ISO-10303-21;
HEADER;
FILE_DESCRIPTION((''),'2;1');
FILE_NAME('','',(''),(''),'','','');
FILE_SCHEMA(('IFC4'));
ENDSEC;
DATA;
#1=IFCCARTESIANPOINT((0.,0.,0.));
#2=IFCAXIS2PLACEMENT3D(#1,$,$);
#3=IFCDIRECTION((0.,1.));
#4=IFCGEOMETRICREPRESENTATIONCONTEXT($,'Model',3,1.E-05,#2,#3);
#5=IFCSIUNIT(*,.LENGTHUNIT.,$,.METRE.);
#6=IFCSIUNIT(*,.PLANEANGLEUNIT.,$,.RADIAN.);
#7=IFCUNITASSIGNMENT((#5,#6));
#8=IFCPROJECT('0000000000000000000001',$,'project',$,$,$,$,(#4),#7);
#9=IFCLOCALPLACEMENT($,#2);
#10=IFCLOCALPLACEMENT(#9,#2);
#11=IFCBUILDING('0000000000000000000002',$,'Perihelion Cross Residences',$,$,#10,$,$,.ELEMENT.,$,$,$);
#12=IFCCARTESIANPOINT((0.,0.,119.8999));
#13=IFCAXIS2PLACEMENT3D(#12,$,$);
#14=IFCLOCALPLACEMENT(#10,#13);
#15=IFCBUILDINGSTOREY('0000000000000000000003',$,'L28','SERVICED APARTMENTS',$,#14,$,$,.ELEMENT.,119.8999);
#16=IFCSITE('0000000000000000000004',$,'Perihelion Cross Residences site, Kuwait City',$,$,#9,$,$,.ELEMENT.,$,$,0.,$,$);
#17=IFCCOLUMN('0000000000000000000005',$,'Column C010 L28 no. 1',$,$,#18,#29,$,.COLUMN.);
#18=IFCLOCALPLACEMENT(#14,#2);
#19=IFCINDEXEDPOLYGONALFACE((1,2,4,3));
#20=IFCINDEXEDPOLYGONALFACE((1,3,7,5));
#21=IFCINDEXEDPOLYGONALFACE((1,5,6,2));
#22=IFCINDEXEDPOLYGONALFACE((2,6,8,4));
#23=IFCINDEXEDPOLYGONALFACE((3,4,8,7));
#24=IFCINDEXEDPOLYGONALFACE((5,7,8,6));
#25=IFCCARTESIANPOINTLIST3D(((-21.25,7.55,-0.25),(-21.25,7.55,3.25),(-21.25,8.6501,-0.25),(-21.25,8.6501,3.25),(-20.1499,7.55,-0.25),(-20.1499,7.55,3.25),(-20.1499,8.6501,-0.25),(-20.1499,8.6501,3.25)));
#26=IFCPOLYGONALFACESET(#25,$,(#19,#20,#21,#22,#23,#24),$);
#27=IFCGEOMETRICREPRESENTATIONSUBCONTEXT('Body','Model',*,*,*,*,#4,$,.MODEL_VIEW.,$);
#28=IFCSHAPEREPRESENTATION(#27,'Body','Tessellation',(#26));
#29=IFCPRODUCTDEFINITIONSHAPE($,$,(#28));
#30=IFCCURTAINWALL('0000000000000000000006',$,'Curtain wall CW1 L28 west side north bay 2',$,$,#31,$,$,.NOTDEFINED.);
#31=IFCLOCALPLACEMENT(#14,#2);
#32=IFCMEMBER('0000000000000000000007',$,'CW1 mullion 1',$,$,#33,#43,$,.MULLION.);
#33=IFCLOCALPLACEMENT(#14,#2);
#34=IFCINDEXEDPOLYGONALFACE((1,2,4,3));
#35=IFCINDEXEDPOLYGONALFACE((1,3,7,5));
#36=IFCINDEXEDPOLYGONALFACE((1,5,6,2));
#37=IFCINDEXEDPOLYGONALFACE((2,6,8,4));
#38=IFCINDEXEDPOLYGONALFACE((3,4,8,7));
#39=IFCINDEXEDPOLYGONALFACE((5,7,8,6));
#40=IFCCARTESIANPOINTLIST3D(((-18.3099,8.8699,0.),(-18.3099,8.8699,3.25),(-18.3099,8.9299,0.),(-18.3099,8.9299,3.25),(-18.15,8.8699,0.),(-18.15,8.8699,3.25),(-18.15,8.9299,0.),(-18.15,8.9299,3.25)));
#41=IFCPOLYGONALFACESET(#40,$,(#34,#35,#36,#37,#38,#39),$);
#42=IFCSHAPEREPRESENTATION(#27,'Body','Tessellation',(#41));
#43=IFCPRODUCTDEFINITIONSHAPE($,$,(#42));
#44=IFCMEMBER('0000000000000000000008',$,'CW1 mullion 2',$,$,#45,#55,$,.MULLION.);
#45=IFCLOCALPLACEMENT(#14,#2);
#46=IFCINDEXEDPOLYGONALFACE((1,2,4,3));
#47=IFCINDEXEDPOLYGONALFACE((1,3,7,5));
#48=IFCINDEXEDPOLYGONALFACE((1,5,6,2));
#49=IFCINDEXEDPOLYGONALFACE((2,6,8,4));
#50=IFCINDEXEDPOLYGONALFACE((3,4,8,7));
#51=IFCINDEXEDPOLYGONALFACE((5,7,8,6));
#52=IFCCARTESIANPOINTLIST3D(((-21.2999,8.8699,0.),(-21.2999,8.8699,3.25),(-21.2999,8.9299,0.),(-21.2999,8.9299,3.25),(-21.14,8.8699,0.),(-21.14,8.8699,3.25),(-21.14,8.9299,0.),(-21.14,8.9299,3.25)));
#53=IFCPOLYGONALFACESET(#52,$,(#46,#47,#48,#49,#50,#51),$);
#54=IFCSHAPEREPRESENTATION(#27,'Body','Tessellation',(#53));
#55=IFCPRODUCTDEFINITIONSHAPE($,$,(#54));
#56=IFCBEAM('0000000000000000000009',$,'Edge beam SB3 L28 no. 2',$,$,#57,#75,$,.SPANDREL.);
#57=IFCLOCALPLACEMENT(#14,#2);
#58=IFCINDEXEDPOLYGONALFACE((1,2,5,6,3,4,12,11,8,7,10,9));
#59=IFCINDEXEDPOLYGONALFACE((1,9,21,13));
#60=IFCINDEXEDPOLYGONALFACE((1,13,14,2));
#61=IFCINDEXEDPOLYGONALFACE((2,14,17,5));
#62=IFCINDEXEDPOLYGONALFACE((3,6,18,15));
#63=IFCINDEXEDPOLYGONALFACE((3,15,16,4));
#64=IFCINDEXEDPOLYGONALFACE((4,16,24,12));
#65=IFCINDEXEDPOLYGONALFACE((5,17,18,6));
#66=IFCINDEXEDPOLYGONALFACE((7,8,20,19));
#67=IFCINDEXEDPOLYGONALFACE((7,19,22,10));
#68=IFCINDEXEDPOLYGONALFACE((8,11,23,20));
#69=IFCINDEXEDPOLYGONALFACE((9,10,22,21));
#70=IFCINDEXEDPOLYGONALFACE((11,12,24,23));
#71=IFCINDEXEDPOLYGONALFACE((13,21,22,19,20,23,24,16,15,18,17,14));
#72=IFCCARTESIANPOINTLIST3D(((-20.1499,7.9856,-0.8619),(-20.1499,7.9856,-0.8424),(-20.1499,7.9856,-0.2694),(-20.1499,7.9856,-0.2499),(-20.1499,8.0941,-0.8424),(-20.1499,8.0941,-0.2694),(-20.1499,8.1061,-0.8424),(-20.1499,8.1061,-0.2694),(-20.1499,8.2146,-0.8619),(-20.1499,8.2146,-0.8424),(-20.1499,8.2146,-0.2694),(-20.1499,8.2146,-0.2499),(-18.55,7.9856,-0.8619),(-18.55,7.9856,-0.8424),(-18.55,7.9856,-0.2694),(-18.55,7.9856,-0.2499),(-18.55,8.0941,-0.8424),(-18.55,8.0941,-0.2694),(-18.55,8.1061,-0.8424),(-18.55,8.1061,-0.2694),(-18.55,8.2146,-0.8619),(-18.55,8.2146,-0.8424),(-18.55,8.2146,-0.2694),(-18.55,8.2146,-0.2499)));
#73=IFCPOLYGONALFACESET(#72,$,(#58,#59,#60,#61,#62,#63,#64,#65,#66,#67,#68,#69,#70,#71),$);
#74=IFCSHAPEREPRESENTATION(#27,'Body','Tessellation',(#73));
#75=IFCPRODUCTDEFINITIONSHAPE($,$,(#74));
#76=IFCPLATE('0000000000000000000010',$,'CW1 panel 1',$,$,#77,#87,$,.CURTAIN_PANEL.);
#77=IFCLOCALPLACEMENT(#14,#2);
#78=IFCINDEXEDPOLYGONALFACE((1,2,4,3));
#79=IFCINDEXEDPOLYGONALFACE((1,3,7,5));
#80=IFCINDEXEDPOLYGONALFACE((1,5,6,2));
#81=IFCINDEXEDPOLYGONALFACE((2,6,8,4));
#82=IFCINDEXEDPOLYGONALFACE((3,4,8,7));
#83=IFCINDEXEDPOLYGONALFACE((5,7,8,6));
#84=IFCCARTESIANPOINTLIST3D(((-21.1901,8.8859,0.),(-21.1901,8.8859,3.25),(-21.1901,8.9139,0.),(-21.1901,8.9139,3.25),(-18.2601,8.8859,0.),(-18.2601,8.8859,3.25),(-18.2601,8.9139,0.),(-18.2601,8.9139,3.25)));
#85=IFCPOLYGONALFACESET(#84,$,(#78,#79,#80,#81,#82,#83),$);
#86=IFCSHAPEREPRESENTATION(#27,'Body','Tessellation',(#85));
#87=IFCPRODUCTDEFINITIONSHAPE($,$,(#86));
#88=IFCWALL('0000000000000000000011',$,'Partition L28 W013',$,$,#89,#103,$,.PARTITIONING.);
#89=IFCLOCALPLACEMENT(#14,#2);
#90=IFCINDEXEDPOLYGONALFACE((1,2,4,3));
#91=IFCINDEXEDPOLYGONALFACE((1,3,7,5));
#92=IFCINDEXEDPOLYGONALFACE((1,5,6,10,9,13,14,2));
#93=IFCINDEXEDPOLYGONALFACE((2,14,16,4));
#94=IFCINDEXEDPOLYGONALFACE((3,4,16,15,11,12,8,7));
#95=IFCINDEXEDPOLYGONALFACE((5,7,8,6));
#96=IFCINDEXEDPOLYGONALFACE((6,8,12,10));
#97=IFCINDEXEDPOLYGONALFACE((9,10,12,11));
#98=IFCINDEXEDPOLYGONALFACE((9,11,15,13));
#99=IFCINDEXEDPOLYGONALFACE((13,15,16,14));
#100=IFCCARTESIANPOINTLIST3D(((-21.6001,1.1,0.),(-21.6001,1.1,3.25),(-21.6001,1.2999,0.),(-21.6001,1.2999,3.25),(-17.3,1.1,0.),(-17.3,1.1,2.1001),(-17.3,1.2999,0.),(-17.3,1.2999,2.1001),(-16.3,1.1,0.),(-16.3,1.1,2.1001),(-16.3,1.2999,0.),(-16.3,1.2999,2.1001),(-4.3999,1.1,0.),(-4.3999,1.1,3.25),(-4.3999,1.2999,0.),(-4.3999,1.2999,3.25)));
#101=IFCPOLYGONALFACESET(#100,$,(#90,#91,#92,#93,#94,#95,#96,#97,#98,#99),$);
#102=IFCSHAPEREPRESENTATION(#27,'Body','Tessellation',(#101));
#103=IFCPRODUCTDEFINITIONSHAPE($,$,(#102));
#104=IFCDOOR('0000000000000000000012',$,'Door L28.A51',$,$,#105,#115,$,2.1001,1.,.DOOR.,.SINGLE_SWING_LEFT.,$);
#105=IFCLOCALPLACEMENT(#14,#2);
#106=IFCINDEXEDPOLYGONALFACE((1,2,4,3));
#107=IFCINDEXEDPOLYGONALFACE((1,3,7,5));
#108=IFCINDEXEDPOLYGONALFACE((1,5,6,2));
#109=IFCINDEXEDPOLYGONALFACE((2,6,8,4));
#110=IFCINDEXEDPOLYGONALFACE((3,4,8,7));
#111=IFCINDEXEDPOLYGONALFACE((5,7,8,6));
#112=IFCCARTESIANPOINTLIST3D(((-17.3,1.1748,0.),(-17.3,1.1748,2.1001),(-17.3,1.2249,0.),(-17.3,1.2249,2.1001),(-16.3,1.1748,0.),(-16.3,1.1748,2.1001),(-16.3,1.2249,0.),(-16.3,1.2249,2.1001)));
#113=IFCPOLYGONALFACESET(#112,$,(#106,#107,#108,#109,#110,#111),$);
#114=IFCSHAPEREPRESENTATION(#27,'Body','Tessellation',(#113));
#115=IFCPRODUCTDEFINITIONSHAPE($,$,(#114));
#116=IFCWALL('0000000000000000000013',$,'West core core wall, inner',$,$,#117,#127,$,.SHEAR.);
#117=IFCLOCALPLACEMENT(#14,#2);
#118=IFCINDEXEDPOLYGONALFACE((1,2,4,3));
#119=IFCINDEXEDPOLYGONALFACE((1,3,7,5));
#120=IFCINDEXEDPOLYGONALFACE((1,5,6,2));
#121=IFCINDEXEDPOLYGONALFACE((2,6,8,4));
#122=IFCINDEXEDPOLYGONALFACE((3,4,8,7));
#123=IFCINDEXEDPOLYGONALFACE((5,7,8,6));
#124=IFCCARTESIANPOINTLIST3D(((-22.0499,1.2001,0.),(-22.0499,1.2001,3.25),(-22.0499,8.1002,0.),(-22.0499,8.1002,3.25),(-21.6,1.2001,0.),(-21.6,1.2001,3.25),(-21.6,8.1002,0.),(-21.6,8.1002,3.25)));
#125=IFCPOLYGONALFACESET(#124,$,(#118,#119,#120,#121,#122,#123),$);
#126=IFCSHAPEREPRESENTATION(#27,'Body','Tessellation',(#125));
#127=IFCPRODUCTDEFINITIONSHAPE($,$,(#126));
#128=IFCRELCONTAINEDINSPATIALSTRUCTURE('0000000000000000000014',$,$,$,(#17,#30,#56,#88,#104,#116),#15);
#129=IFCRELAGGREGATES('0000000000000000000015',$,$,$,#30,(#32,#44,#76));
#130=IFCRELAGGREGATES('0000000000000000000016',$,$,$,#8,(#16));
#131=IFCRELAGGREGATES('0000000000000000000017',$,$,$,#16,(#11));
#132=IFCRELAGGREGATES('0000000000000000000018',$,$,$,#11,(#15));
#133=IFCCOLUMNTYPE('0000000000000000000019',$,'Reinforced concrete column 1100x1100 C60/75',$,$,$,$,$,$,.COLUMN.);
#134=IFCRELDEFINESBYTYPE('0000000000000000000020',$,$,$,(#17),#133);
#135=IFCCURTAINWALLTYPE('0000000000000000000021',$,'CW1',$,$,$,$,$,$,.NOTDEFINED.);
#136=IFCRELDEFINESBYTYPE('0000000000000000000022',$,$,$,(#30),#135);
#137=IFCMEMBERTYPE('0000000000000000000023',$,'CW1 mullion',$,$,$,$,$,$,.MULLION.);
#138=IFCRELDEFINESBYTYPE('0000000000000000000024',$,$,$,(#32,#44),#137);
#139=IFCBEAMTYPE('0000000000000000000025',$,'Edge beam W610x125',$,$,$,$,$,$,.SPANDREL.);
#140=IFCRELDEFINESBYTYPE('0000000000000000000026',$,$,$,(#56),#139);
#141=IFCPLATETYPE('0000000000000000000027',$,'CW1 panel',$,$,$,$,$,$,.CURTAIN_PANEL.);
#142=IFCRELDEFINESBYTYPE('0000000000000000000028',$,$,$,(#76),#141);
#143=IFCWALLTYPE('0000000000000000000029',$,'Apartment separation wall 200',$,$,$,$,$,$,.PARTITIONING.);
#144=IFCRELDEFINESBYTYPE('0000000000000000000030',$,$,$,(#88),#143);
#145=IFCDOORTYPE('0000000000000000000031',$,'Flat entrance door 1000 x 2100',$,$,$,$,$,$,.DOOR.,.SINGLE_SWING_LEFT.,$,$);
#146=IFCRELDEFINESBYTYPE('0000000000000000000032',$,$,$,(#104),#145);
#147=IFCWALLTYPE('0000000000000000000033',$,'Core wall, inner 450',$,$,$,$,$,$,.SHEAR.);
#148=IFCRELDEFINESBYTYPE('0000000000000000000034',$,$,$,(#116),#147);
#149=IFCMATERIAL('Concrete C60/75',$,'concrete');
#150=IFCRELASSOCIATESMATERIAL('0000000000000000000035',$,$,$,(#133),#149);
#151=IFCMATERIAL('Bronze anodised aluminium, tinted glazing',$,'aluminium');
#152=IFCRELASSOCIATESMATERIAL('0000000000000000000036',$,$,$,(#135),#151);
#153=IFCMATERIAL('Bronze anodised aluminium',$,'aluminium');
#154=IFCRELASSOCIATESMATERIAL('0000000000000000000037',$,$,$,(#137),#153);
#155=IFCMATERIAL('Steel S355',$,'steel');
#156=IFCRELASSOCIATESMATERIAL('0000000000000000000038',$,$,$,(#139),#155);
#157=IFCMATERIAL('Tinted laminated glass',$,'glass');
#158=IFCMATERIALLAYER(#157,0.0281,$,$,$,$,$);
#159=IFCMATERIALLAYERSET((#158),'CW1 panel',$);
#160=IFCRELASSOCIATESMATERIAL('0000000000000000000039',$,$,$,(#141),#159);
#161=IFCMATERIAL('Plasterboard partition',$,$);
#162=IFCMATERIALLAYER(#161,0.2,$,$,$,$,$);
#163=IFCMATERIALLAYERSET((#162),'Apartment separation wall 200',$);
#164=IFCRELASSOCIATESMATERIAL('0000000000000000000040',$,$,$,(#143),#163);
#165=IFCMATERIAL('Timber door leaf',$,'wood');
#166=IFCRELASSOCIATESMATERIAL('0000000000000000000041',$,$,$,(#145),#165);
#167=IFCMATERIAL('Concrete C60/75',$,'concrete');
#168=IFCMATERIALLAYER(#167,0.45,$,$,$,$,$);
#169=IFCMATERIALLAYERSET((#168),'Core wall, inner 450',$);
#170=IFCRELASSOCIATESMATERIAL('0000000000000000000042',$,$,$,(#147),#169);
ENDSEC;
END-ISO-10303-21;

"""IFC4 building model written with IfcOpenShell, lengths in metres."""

from ifc_helpers import new_model, si_unit, direction, frame, frame_2d, origin, origin_2d, place, context, subcontext, project, spatial, rectangle, i_section, extrude, material, layer, layer_set, material_profile, profile_set, type_object, element, fill, aggregate, save


model = new_model("IFC4")

# Units and contexts
model_context = context("Model", 3, precision=1e-05, world=origin(), true_north=direction((0.0, 1.0)))
body_context = subcontext(model_context, "Body", "Model", "MODEL_VIEW")
ifc_project = project(units=[si_unit("LENGTHUNIT", "METRE"), si_unit("PLANEANGLEUNIT", "RADIAN")], contexts=[model_context])

# Site, building, storey
site_placement = place(None, origin())
site = spatial("IfcSite", under=ifc_project, at=site_placement, Name="Perihelion Cross Residences site, Kuwait City", CompositionType="ELEMENT", RefElevation=0.0)
building_placement = place(site_placement, origin())
building = spatial("IfcBuilding", under=site, at=building_placement, Name="Perihelion Cross Residences", CompositionType="ELEMENT")
storey_placement = place(building_placement, frame((0.0, 0.0, 119.8999)))
storey = spatial("IfcBuildingStorey", under=building, at=storey_placement, Name="L28", Description="SERVICED APARTMENTS", CompositionType="ELEMENT", Elevation=119.8999)

# Column
ifc_material_1 = material(Name="Concrete C60/75", Category="concrete")
ifc_material_profile_1 = material_profile(ifc_material_1, rectangle(XDim=1.1001, YDim=1.1001, at=origin_2d()), Name="RC 1100x1100")
ifc_profile_set_1 = profile_set([ifc_material_profile_1], Name="Concrete C60/75")
column_type = type_object("IfcColumnType", Name="Reinforced concrete column 1100x1100 C60/75", PredefinedType="COLUMN", material=ifc_profile_set_1)
column_placement = place(storey_placement, frame((-20.7, 8.1001, -0.25), z_axis=(0.0, 0.0, 1.0), x_axis=(1.0, 0.0, 0.0)))
element("IfcColumn", 1, at=column_placement, inside=storey, type_object=column_type, Name="Column C010 L28 no. 1", PredefinedType="COLUMN", context=body_context, shape_type="SweptSolid", body=[
    extrude(rectangle(XDim=1.1001, YDim=1.1001, at=origin_2d()), origin(), (0.0, 0.0, 1.0), 3.5),
])

# Curtain wall, members
ifc_material_2 = material(Name="Bronze anodised aluminium, tinted glazing", Category="aluminium")
curtain_wall_type = type_object("IfcCurtainWallType", Name="CW1", PredefinedType="NOTDEFINED", material=ifc_material_2)
curtain_wall_placement = place(storey_placement, origin())
curtain_wall = element("IfcCurtainWall", 2, at=curtain_wall_placement, inside=storey, type_object=curtain_wall_type, Name="Curtain wall CW1 L28 west side north bay 2", PredefinedType="NOTDEFINED")
ifc_material_3 = material(Name="Bronze anodised aluminium", Category="aluminium")
ifc_material_profile_2 = material_profile(ifc_material_3, rectangle(XDim=0.0601, YDim=0.1599, at=origin_2d()), Name="CW1 mullion")
ifc_profile_set_2 = profile_set([ifc_material_profile_2], Name="Bronze anodised aluminium")
member_type = type_object("IfcMemberType", Name="CW1 mullion", PredefinedType="MULLION", material=ifc_profile_set_2)
member_1_placement = place(storey_placement, frame((-18.23, 8.8999, 0.0), z_axis=(0.0, 0.0, 1.0), x_axis=(0.0, -1.0, 0.0)))
member_1 = element("IfcMember", 3, at=member_1_placement, type_object=member_type, Name="CW1 mullion 1", PredefinedType="MULLION", context=body_context, shape_type="SweptSolid", body=[
    extrude(rectangle(XDim=0.0601, YDim=0.1599, at=origin_2d()), origin(), (0.0, 0.0, 1.0), 3.25),
])
member_2_placement = place(storey_placement, frame((-21.22, 8.8999, 0.0), z_axis=(0.0, 0.0, 1.0), x_axis=(0.0, -1.0, 0.0)))
member_2 = element("IfcMember", 4, at=member_2_placement, type_object=member_type, Name="CW1 mullion 2", PredefinedType="MULLION", context=body_context, shape_type="SweptSolid", body=[
    extrude(rectangle(XDim=0.0601, YDim=0.1599, at=origin_2d()), origin(), (0.0, 0.0, 1.0), 3.25),
])

# Beam
ifc_material_4 = material(Name="Steel S355", Category="steel")
ifc_material_profile_3 = material_profile(ifc_material_4, i_section(OverallWidth=0.229, OverallDepth=0.6121, WebThickness=0.012, FlangeThickness=0.0195, at=origin_2d()), Name="W610x125")
ifc_profile_set_3 = profile_set([ifc_material_profile_3], Name="Steel S355")
beam_type = type_object("IfcBeamType", Name="Edge beam W610x125", PredefinedType="SPANDREL", material=ifc_profile_set_3)
beam_placement = place(storey_placement, frame((-18.55, 8.1001, -0.5559), z_axis=(-1.0, 0.0, 0.0), x_axis=(0.0, -1.0, 0.0)))
element("IfcBeam", 5, at=beam_placement, inside=storey, type_object=beam_type, Name="Edge beam SB3 L28 no. 2", PredefinedType="SPANDREL", context=body_context, shape_type="SweptSolid", body=[
    extrude(i_section(OverallWidth=0.229, OverallDepth=0.6121, WebThickness=0.012, FlangeThickness=0.0195, at=origin_2d()), origin(), (0.0, 0.0, 1.0), 1.5999),
])

# Plate
ifc_material_5 = material(Name="Tinted laminated glass", Category="glass")
ifc_layer_1 = layer(ifc_material_5, 0.0281)
ifc_layer_set_1 = layer_set([ifc_layer_1], Name="CW1 panel")
plate_type = type_object("IfcPlateType", Name="CW1 panel", PredefinedType="CURTAIN_PANEL", material=ifc_layer_set_1)
plate_placement = place(storey_placement, frame((-19.7251, 8.8999, 0.0), z_axis=(0.0, 0.0, 1.0), x_axis=(-1.0, 0.0, 0.0)))
plate = element("IfcPlate", 6, at=plate_placement, type_object=plate_type, Name="CW1 panel 1", PredefinedType="CURTAIN_PANEL", context=body_context, shape_type="SweptSolid", body=[
    extrude(rectangle(XDim=2.9299, YDim=0.0281, at=origin_2d()), origin(), (0.0, 0.0, 1.0), 3.25),
])
aggregate(curtain_wall, [member_1, member_2, plate])

# Wall, opening, door
ifc_material_6 = material(Name="Plasterboard partition")
ifc_layer_2 = layer(ifc_material_6, 0.2)
ifc_layer_set_2 = layer_set([ifc_layer_2], Name="Apartment separation wall 200")
wall_type_1 = type_object("IfcWallType", Name="Apartment separation wall 200", PredefinedType="PARTITIONING", material=ifc_layer_set_2)
wall_1_placement = place(storey_placement, frame((-21.6001, 1.2, 0.0), z_axis=(0.0, 0.0, 1.0), x_axis=(1.0, 0.0, 0.0)))
wall_1 = element("IfcWall", 7, at=wall_1_placement, inside=storey, type_object=wall_type_1, Name="Partition L28 W013", PredefinedType="PARTITIONING", context=body_context, shape_type="SweptSolid", body=[
    extrude(rectangle(XDim=17.2002, YDim=0.2, at=frame_2d((8.6001, 0.0))), origin(), (0.0, 0.0, 1.0), 3.25),
])
opening_1_placement = place(wall_1_placement, frame((4.3, 0.0, 0.0)))
opening_1 = element("IfcOpeningElement", 8, at=opening_1_placement, cuts=wall_1, PredefinedType="OPENING", context=body_context, shape_type="SweptSolid", body=[
    extrude(rectangle(XDim=1.0, YDim=2.1001, at=frame_2d((0.5, 1.05))), frame((0.0, 0.1099, 0.0), z_axis=(0.0, -1.0, 0.0), x_axis=(1.0, 0.0, 0.0)), (0.0, 0.0, 1.0), 0.22),
])
ifc_material_7 = material(Name="Timber door leaf", Category="wood")
door_type_1 = type_object("IfcDoorType", Name="Flat entrance door 1000 x 2100", OperationType="SINGLE_SWING_LEFT", PredefinedType="DOOR", material=ifc_material_7)
door_1_placement = place(opening_1_placement, origin())
door_1 = element("IfcDoor", 9, at=door_1_placement, inside=storey, type_object=door_type_1, Name="Door L28.A51", OperationType="SINGLE_SWING_LEFT", OverallHeight=2.1001, OverallWidth=1.0, PredefinedType="DOOR", context=body_context, shape_type="SweptSolid", body=[
    extrude(rectangle(XDim=1.0, YDim=2.1001, at=frame_2d((0.5, 1.05))), frame((0.0, 0.0249, 0.0), z_axis=(0.0, -1.0, 0.0), x_axis=(1.0, 0.0, 0.0)), (0.0, 0.0, 1.0), 0.05),
])
fill(opening_1, door_1)

# Wall
ifc_material_8 = material(Name="Concrete C60/75", Category="concrete")
ifc_layer_3 = layer(ifc_material_8, 0.45)
ifc_layer_set_3 = layer_set([ifc_layer_3], Name="Core wall, inner 450")
wall_type_2 = type_object("IfcWallType", Name="Core wall, inner 450", PredefinedType="SHEAR", material=ifc_layer_set_3)
wall_2_placement = place(storey_placement, frame((-21.825, 1.2, 0.0), z_axis=(0.0, 0.0, 1.0), x_axis=(0.0, 1.0, 0.0)))
element("IfcWall", 10, at=wall_2_placement, inside=storey, type_object=wall_type_2, Name="West core core wall, inner", PredefinedType="SHEAR", context=body_context, shape_type="SweptSolid", body=[
    extrude(rectangle(XDim=6.9001, YDim=0.45, at=frame_2d((3.4502, 0.0))), origin(), (0.0, 0.0, 1.0), 3.25),
])

save(model, "model.ifc")
